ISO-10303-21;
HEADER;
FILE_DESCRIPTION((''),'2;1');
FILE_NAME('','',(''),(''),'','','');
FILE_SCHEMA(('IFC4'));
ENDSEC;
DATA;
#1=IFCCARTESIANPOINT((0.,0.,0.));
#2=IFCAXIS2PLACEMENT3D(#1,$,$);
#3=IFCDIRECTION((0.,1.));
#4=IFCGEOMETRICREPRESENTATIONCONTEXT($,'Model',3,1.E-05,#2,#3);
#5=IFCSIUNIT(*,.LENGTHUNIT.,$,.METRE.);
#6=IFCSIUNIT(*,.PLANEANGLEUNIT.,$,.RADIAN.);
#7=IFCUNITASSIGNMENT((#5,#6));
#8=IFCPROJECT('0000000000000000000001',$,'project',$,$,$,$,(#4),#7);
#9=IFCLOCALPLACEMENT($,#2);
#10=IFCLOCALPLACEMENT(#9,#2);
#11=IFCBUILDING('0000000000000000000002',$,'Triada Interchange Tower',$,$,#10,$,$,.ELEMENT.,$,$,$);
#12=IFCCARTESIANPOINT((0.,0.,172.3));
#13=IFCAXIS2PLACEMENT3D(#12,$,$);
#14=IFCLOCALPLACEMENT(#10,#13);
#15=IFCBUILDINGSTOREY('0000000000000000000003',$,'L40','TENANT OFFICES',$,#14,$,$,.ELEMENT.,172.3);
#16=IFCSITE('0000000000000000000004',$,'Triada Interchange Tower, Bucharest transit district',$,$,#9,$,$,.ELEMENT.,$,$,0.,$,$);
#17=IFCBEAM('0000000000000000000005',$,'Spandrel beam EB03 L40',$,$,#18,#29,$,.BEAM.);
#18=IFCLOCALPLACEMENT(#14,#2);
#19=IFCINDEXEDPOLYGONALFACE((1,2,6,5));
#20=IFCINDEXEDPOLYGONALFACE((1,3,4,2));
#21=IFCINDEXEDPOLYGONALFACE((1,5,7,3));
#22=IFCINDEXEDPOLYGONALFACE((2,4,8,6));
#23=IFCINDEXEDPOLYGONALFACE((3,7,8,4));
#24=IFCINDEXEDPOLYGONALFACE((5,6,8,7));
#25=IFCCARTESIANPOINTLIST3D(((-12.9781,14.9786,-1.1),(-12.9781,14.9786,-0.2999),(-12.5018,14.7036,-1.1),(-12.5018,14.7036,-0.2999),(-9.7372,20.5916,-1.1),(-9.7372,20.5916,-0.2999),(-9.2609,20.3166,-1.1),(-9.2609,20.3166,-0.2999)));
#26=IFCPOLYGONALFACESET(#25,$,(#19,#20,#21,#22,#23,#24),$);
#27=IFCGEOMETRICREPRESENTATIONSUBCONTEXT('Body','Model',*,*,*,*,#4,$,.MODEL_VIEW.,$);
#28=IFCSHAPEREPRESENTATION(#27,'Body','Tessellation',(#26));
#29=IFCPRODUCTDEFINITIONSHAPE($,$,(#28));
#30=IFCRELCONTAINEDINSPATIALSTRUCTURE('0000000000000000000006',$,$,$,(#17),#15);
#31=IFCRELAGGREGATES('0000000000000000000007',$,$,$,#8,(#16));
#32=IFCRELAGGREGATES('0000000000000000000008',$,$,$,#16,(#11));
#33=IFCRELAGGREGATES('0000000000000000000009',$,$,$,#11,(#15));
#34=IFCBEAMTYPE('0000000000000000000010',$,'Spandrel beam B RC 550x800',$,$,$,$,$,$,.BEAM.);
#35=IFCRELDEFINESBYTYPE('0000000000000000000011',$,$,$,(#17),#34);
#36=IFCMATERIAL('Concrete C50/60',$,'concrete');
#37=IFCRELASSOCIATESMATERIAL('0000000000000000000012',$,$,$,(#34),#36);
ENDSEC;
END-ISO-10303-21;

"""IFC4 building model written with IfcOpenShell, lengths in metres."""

from ifc_helpers import new_model, si_unit, direction, frame, origin, origin_2d, place, context, subcontext, project, spatial, rectangle, extrude, material, material_profile, profile_set, type_object, element, save


model = new_model("IFC4")

# Units and contexts
model_context = context("Model", 3, precision=1e-05, world=origin(), true_north=direction((0.0, 1.0)))
body_context = subcontext(model_context, "Body", "Model", "MODEL_VIEW")
ifc_project = project(units=[si_unit("LENGTHUNIT", "METRE"), si_unit("PLANEANGLEUNIT", "RADIAN")], contexts=[model_context])

# Site, building, storey
site_placement = place(None, origin())
site = spatial("IfcSite", under=ifc_project, at=site_placement, Name="Triada Interchange Tower, Bucharest transit district", CompositionType="ELEMENT", RefElevation=0.0)
building_placement = place(site_placement, origin())
building = spatial("IfcBuilding", under=site, at=building_placement, Name="Triada Interchange Tower", CompositionType="ELEMENT")
storey_placement = place(building_placement, frame((0.0, 0.0, 172.3)))
storey = spatial("IfcBuildingStorey", under=building, at=storey_placement, Name="L40", Description="TENANT OFFICES", CompositionType="ELEMENT", Elevation=172.3)

# Beam
ifc_material_1 = material(Name="Concrete C50/60", Category="concrete")
ifc_material_profile_1 = material_profile(ifc_material_1, rectangle(XDim=0.55, YDim=0.8, at=origin_2d()), Name="RC 550x800")
ifc_profile_set_1 = profile_set([ifc_material_profile_1], Name="Concrete C50/60")
beam_type_1 = type_object("IfcBeamType", Name="Spandrel beam B RC 550x800", PredefinedType="BEAM", material=ifc_profile_set_1)
beam_1_placement = place(storey_placement, frame((-9.499, 20.4541, -0.7), z_axis=(-0.500032, -0.866007, 0.0), x_axis=(0.866007, -0.500032, 0.0)))
element("IfcBeam", 1, at=beam_1_placement, inside=storey, type_object=beam_type_1, Name="Spandrel beam EB03 L40", PredefinedType="BEAM", context=body_context, shape_type="SweptSolid", body=[
    extrude(rectangle(XDim=0.55, YDim=0.8, at=origin_2d()), origin(), (0.0, 0.0, 1.0), 6.4814),
])

save(model, "model.ifc")
